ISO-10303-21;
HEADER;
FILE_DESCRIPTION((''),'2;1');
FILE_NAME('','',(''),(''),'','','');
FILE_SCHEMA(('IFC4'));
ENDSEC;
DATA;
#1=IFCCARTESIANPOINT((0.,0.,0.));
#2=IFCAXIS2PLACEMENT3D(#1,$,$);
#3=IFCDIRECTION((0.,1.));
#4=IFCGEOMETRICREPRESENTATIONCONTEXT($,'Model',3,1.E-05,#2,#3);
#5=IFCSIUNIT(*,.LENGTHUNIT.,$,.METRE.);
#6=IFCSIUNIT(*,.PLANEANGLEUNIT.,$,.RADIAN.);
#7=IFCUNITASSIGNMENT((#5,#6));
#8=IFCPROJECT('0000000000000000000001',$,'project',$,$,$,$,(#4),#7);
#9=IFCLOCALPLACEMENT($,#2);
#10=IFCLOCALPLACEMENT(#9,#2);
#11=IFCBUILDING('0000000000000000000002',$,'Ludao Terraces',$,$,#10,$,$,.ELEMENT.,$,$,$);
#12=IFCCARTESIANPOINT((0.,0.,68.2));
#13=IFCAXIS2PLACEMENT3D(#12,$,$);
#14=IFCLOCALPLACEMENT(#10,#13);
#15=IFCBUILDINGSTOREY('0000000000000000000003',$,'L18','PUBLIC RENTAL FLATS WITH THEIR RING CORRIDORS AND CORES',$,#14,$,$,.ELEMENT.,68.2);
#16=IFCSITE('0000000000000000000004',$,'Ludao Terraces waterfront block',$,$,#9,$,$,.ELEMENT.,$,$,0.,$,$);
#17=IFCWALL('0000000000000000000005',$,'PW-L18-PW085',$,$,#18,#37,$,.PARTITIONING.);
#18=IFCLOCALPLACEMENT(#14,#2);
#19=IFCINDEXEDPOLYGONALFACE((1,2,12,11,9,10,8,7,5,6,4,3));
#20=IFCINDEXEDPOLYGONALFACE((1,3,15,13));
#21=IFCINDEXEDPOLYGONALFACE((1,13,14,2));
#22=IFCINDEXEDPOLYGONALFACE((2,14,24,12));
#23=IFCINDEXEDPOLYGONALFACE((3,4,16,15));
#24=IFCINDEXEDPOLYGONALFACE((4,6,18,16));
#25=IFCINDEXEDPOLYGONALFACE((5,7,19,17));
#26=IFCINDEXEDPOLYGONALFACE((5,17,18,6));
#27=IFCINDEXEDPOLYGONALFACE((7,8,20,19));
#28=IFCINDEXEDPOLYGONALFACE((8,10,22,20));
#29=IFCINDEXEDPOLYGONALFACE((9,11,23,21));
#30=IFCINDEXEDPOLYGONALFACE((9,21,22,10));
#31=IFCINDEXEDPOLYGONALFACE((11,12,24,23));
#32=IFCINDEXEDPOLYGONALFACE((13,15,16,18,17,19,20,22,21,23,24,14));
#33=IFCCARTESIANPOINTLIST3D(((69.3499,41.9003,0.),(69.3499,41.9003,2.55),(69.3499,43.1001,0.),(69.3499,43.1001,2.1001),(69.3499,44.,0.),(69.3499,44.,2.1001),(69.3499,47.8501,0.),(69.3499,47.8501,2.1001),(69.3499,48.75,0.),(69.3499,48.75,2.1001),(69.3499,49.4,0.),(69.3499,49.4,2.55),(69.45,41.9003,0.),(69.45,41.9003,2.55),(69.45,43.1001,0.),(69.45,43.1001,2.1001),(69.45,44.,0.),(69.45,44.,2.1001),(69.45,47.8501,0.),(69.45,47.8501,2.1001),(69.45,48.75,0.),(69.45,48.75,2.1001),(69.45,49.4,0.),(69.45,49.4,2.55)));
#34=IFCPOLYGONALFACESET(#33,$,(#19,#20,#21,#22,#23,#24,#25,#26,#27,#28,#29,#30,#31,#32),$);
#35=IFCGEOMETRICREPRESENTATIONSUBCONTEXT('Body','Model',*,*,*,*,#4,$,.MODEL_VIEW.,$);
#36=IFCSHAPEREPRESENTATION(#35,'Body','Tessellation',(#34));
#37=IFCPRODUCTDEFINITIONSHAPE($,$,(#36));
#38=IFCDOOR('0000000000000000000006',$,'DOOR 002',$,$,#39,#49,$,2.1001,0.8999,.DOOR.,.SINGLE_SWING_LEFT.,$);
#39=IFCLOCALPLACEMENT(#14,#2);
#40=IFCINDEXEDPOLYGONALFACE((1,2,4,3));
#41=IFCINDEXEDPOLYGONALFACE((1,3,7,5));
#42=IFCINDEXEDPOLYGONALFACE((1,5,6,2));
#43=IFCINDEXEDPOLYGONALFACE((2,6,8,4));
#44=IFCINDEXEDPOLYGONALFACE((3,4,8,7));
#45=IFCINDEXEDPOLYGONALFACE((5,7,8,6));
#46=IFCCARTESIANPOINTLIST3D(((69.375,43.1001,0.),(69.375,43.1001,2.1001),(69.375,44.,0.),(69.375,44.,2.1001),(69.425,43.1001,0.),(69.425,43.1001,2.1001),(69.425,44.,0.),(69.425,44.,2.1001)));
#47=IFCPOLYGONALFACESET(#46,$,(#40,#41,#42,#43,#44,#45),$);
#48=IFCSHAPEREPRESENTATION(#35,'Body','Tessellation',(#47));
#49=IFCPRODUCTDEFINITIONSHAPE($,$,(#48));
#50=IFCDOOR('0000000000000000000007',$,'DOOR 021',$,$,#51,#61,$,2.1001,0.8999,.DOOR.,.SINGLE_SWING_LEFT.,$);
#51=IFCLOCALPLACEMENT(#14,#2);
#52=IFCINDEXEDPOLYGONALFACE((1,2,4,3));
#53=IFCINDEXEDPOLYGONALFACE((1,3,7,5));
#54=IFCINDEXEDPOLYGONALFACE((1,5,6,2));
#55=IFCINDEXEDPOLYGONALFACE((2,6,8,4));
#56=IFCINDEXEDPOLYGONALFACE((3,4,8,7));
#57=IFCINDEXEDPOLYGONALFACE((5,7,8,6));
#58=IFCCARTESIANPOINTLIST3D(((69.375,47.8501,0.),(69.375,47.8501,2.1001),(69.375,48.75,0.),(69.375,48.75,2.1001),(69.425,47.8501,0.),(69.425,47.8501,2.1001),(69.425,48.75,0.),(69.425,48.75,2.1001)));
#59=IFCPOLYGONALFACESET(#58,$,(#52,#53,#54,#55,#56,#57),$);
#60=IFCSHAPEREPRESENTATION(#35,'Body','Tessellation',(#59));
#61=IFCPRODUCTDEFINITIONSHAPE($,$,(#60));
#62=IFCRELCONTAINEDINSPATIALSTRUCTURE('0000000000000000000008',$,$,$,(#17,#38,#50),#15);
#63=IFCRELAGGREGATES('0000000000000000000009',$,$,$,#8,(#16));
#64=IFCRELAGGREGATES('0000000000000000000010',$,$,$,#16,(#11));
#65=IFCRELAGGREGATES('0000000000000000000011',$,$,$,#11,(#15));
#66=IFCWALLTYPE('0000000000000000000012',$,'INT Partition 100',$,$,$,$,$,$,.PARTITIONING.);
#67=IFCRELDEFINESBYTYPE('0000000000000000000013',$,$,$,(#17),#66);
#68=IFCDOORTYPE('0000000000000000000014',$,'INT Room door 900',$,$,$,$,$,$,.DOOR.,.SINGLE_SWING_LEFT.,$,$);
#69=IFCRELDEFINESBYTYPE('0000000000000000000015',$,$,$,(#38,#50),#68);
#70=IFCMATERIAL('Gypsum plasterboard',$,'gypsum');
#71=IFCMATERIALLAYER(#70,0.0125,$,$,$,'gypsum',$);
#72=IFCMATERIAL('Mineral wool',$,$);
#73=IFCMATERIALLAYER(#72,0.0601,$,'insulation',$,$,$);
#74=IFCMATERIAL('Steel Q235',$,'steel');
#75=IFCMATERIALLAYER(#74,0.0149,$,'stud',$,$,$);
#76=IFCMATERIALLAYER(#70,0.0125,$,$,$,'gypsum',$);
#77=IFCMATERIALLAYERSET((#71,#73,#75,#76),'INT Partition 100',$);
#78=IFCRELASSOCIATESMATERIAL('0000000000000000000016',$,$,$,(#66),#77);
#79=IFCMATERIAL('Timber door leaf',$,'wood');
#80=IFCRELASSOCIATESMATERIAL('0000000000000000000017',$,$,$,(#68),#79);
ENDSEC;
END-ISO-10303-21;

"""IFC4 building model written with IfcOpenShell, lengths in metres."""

from ifc_helpers import new_model, si_unit, direction, frame, frame_2d, origin, place, context, subcontext, project, spatial, rectangle, extrude, material, layer, layer_set, type_object, element, fill, save


model = new_model("IFC4")

# Units and contexts
model_context = context("Model", 3, precision=1e-05, world=origin(), true_north=direction((0.0, 1.0)))
body_context = subcontext(model_context, "Body", "Model", "MODEL_VIEW")
ifc_project = project(units=[si_unit("LENGTHUNIT", "METRE"), si_unit("PLANEANGLEUNIT", "RADIAN")], contexts=[model_context])

# Site, building, storey
site_placement = place(None, origin())
site = spatial("IfcSite", under=ifc_project, at=site_placement, Name="Ludao Terraces waterfront block", CompositionType="ELEMENT", RefElevation=0.0)
building_placement = place(site_placement, origin())
building = spatial("IfcBuilding", under=site, at=building_placement, Name="Ludao Terraces", CompositionType="ELEMENT")
storey_placement = place(building_placement, frame((0.0, 0.0, 68.2)))
storey = spatial("IfcBuildingStorey", under=building, at=storey_placement, Name="L18", Description="PUBLIC RENTAL FLATS WITH THEIR RING CORRIDORS AND CORES", CompositionType="ELEMENT", Elevation=68.2)

# Wall, openings, doors
ifc_material_1 = material(Name="Gypsum plasterboard", Category="gypsum")
ifc_layer_1 = layer(ifc_material_1, 0.0125, Category="gypsum")
ifc_material_2 = material(Name="Mineral wool")
ifc_layer_2 = layer(ifc_material_2, 0.0601, Name="insulation")
ifc_material_3 = material(Name="Steel Q235", Category="steel")
ifc_layer_3 = layer(ifc_material_3, 0.0149, Name="stud")
ifc_layer_4 = layer(ifc_material_1, 0.0125, Category="gypsum")
ifc_layer_set = layer_set([ifc_layer_1, ifc_layer_2, ifc_layer_3, ifc_layer_4], Name="INT Partition 100")
wall_type = type_object("IfcWallType", Name="INT Partition 100", PredefinedType="PARTITIONING", material=ifc_layer_set)
ifc_material_4 = material(Name="Timber door leaf", Category="wood")
door_type_1 = type_object("IfcDoorType", Name="INT Room door 900", OperationType="SINGLE_SWING_LEFT", PredefinedType="DOOR", material=ifc_material_4)
wall_1_placement = place(storey_placement, frame((69.3999, 41.9001, 0.0), z_axis=(0.0, 0.0, 1.0), x_axis=(0.0, 1.0, 0.0)))
wall_1 = element("IfcWall", 1, at=wall_1_placement, inside=storey, type_object=wall_type, Name="PW-L18-PW085", PredefinedType="PARTITIONING", context=body_context, shape_type="SweptSolid", body=[
    extrude(rectangle(XDim=7.4998, YDim=0.1001, at=frame_2d((3.75, 0.0))), origin(), (0.0, 0.0, 1.0), 2.55),
])
opening_1_placement = place(wall_1_placement, frame((1.2, 0.0, 0.0)))
opening_1 = element("IfcOpeningElement", 2, at=opening_1_placement, cuts=wall_1, PredefinedType="OPENING", context=body_context, shape_type="SweptSolid", body=[
    extrude(rectangle(XDim=0.8999, YDim=2.1001, at=frame_2d((0.45, 1.05))), frame((0.0, 0.0601, 0.0), z_axis=(0.0, -1.0, 0.0), x_axis=(1.0, 0.0, 0.0)), (0.0, 0.0, 1.0), 0.1201),
])
opening_2_placement = place(wall_1_placement, frame((5.95, 0.0, 0.0)))
opening_2 = element("IfcOpeningElement", 3, at=opening_2_placement, cuts=wall_1, PredefinedType="OPENING", context=body_context, shape_type="SweptSolid", body=[
    extrude(rectangle(XDim=0.8999, YDim=2.1001, at=frame_2d((0.45, 1.05))), frame((0.0, 0.0601, 0.0), z_axis=(0.0, -1.0, 0.0), x_axis=(1.0, 0.0, 0.0)), (0.0, 0.0, 1.0), 0.1201),
])
door_1_placement = place(opening_1_placement, origin())
door_1 = element("IfcDoor", 4, at=door_1_placement, inside=storey, type_object=door_type_1, Name="DOOR 002", OperationType="SINGLE_SWING_LEFT", OverallHeight=2.1001, OverallWidth=0.8999, PredefinedType="DOOR", context=body_context, shape_type="SweptSolid", body=[
    extrude(rectangle(XDim=0.8999, YDim=2.1001, at=frame_2d((0.45, 1.05))), frame((0.0, 0.0249, 0.0), z_axis=(0.0, -1.0, 0.0), x_axis=(1.0, 0.0, 0.0)), (0.0, 0.0, 1.0), 0.05),
])
fill(opening_1, door_1)
door_2_placement = place(opening_2_placement, origin())
door_2 = element("IfcDoor", 5, at=door_2_placement, inside=storey, type_object=door_type_1, Name="DOOR 021", OperationType="SINGLE_SWING_LEFT", OverallHeight=2.1001, OverallWidth=0.8999, PredefinedType="DOOR", context=body_context, shape_type="SweptSolid", body=[
    extrude(rectangle(XDim=0.8999, YDim=2.1001, at=frame_2d((0.45, 1.05))), frame((0.0, 0.0249, 0.0), z_axis=(0.0, -1.0, 0.0), x_axis=(1.0, 0.0, 0.0)), (0.0, 0.0, 1.0), 0.05),
])
fill(opening_2, door_2)

save(model, "model.ifc")
